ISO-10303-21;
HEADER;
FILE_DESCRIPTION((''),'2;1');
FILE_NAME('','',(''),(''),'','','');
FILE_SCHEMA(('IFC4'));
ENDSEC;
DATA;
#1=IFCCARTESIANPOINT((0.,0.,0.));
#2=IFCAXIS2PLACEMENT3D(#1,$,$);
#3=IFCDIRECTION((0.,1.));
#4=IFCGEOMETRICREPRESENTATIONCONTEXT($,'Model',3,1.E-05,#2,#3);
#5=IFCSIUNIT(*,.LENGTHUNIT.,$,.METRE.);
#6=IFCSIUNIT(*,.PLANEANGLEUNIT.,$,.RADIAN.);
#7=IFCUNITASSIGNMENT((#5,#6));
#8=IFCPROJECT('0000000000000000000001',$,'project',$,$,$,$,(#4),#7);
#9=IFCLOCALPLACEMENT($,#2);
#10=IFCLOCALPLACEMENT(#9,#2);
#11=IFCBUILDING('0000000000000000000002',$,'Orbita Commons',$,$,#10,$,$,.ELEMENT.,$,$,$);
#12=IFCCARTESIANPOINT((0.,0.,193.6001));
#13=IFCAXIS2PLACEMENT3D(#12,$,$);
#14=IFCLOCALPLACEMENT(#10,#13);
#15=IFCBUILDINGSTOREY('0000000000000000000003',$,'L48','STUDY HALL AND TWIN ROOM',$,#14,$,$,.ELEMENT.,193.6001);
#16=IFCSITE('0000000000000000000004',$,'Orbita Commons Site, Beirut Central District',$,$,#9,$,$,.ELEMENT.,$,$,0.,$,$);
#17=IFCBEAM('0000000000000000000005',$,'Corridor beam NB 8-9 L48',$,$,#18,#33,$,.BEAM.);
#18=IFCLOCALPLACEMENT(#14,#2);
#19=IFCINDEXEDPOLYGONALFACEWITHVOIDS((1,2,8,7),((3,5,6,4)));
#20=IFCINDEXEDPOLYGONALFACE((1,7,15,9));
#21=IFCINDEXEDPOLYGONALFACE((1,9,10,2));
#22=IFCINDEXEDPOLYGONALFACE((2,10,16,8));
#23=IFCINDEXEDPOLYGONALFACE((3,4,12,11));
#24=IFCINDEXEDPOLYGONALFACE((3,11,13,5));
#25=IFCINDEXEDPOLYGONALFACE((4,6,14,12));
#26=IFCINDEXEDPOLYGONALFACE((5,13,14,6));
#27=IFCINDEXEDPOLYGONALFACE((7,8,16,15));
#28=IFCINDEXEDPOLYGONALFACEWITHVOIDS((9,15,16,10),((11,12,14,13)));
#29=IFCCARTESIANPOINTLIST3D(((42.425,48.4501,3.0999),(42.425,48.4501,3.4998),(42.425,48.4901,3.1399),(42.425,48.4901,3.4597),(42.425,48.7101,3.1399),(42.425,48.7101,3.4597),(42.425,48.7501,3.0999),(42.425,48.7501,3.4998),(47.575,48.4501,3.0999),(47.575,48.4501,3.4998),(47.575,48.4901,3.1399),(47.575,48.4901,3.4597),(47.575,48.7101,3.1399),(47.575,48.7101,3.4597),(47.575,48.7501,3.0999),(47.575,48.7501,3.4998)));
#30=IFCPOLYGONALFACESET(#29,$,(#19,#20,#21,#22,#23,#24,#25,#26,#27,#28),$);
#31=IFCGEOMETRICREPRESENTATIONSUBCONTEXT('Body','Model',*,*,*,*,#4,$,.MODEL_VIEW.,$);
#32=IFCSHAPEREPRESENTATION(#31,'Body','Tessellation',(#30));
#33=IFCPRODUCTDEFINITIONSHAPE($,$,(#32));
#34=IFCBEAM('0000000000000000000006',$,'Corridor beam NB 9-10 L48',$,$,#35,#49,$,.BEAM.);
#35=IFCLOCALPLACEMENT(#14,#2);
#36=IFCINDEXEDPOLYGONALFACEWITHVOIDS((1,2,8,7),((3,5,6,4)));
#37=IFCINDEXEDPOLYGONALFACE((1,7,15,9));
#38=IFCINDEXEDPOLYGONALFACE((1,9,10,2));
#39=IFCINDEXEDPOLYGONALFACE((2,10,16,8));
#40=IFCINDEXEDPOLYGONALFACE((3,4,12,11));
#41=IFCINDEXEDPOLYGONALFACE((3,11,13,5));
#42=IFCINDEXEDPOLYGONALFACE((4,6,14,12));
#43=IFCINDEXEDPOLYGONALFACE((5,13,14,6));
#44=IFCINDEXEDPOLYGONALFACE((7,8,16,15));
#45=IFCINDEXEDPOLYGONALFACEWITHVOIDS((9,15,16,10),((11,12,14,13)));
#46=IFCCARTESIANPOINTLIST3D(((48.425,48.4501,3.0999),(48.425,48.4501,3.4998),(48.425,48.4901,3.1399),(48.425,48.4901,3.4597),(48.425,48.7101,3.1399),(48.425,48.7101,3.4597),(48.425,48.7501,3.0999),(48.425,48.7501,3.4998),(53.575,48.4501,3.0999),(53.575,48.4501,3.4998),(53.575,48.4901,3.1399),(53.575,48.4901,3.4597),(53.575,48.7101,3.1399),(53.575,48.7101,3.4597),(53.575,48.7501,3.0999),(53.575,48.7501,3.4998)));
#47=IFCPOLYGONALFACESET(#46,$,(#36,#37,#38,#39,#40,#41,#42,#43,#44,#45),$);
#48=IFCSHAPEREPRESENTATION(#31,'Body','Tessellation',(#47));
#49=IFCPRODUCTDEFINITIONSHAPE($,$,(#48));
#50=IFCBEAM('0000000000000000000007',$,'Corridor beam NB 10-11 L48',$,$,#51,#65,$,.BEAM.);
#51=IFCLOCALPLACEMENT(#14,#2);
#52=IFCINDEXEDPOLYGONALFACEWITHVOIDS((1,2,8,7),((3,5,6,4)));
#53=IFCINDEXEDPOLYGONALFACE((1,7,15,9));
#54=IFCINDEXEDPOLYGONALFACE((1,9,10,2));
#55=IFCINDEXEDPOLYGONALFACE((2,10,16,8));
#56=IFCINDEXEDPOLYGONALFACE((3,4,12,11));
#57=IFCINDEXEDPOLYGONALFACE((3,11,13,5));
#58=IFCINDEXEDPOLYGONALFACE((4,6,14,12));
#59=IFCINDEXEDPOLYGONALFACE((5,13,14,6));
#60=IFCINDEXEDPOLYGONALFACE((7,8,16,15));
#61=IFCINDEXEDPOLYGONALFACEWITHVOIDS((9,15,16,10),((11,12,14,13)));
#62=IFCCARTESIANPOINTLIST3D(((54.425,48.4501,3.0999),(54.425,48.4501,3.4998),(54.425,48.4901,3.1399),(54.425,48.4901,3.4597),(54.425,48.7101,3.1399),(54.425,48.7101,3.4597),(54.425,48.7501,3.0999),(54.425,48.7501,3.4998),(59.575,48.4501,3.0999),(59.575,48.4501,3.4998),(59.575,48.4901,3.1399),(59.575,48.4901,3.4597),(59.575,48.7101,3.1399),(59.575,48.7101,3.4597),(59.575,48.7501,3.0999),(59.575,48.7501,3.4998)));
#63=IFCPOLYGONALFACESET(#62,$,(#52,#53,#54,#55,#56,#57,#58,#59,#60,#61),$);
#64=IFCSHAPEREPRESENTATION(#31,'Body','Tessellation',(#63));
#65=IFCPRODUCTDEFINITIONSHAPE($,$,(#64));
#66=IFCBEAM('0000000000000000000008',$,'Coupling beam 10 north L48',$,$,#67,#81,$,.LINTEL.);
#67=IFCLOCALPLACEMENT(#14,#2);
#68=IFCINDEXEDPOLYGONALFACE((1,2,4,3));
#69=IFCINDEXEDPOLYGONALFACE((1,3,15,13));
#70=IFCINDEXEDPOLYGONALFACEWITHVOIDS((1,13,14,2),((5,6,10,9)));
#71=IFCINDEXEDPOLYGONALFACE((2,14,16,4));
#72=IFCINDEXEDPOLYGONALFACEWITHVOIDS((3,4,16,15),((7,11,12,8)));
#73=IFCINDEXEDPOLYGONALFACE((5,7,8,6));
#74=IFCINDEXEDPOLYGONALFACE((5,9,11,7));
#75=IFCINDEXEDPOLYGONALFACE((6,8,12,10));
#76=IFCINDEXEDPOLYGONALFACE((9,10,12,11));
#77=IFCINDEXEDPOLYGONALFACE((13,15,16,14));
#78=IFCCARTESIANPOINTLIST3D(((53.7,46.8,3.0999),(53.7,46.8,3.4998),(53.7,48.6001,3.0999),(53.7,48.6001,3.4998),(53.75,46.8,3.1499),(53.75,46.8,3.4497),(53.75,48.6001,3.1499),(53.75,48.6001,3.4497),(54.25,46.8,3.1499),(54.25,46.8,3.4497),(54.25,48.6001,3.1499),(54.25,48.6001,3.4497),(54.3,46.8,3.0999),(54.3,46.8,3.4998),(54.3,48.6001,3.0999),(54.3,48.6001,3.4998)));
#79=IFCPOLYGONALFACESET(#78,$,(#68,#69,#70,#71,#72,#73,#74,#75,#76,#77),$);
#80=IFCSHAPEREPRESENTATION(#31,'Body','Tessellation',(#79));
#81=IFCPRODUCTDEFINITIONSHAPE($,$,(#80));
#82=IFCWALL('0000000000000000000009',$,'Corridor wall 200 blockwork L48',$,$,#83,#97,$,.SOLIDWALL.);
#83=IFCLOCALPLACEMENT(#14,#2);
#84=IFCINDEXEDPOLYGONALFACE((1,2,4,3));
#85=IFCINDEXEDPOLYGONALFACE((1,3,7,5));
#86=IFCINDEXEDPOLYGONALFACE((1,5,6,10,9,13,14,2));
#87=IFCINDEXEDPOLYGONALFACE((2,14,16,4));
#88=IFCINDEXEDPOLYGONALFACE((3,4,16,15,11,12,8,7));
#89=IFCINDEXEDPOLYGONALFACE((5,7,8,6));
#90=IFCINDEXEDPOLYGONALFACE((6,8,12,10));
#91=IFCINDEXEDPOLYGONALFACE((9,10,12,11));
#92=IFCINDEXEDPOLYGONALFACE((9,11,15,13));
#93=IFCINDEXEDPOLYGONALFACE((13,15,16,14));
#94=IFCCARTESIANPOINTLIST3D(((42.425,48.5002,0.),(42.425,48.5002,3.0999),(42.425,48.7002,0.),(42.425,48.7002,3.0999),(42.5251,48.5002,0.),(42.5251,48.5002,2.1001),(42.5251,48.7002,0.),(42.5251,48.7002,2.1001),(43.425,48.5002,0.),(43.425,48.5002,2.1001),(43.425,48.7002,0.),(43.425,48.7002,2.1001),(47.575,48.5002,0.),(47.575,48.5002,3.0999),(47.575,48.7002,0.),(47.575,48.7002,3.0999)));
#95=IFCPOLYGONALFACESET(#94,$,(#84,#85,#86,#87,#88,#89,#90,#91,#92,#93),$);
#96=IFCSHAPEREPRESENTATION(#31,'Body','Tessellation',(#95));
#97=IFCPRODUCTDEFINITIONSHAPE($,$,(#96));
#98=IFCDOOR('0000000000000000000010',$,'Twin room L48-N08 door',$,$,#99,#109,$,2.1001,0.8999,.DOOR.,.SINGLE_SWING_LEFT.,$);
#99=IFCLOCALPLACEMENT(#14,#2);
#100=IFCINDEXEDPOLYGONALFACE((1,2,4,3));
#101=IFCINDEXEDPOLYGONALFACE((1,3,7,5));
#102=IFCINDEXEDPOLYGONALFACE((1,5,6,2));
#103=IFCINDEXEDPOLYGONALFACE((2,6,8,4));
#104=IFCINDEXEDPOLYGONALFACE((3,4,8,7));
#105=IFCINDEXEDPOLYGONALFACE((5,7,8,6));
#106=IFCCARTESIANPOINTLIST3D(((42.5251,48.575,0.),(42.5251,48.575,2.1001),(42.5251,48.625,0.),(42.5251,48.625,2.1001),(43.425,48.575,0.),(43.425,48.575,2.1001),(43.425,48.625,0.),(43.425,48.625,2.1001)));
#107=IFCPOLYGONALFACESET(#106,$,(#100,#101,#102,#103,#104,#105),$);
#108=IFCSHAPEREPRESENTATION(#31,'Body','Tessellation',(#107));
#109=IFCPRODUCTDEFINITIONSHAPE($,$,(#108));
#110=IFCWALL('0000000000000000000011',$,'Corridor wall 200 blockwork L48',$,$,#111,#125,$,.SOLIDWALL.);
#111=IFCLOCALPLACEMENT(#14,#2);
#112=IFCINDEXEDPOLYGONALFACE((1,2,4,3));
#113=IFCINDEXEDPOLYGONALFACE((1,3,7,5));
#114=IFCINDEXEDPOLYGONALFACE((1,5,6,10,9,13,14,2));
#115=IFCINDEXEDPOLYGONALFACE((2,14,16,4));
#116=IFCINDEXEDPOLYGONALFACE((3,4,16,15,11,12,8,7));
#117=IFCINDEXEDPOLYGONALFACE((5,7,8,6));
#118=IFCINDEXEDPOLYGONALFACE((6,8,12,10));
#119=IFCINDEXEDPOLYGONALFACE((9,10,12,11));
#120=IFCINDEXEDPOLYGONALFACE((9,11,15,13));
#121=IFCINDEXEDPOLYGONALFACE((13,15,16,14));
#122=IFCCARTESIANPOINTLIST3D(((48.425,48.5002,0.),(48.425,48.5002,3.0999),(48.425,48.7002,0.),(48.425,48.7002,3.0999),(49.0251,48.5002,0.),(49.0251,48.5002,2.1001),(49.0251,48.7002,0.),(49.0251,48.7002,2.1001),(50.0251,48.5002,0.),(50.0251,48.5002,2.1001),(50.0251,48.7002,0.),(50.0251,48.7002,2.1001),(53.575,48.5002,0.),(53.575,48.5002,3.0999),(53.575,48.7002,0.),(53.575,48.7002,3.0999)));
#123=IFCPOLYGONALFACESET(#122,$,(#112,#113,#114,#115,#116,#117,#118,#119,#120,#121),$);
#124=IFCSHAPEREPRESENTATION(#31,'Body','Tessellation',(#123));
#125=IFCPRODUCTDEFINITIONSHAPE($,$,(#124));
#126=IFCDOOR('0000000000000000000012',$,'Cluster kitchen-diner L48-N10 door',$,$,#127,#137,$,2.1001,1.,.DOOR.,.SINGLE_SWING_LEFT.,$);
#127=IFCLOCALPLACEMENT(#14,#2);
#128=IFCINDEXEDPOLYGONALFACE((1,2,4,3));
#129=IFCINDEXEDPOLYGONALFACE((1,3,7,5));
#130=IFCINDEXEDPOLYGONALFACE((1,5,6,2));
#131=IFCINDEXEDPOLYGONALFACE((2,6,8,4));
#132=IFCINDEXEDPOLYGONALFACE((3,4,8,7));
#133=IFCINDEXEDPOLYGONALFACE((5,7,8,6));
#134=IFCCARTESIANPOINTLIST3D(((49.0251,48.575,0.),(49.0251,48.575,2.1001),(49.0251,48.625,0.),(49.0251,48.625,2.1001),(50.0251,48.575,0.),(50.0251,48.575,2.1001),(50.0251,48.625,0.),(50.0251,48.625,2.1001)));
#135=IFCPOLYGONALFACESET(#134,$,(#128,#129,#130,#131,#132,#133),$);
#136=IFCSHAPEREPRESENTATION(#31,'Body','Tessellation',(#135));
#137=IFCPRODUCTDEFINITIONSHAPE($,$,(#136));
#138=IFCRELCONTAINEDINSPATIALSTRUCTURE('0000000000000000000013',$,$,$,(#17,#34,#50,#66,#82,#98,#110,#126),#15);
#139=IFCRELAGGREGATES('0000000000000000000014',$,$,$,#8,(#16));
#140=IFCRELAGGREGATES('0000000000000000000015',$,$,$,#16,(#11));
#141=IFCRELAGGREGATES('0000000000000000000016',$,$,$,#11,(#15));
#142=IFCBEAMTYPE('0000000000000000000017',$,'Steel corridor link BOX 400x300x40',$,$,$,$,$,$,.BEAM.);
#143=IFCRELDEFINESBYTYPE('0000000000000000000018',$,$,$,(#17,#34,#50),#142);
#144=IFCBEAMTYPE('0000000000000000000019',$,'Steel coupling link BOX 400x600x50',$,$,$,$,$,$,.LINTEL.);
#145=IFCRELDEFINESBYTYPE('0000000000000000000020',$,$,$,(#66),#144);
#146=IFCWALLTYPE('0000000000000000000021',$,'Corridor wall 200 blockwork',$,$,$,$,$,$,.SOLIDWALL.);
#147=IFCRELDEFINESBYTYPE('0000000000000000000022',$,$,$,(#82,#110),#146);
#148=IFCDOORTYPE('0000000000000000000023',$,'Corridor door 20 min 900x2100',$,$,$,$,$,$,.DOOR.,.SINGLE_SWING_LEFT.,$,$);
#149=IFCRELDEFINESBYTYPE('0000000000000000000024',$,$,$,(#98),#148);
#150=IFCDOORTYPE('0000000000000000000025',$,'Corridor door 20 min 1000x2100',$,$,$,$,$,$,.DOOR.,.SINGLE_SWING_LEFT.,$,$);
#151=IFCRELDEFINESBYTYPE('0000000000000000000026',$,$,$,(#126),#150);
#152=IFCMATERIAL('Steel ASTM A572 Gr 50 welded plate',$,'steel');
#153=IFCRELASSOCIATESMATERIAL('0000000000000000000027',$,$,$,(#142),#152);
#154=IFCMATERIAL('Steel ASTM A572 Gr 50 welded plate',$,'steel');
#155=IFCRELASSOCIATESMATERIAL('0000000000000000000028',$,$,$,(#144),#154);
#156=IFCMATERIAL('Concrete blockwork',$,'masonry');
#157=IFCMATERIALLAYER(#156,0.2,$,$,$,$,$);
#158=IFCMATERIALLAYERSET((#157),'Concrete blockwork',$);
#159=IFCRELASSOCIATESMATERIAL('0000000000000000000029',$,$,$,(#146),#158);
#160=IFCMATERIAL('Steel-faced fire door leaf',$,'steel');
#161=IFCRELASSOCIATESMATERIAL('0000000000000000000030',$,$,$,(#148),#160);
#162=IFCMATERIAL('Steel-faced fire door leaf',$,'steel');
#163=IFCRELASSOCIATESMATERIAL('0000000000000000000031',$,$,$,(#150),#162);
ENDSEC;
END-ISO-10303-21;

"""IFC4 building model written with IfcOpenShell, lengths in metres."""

from ifc_helpers import new_model, si_unit, direction, frame, frame_2d, origin, origin_2d, place, context, subcontext, project, spatial, polyline, rectangle, hollow_rectangle, outline, extrude, material, layer, layer_set, material_profile, profile_set, type_object, element, fill, save


model = new_model("IFC4")

# Units and contexts
model_context = context("Model", 3, precision=1e-05, world=origin(), true_north=direction((0.0, 1.0)))
body_context = subcontext(model_context, "Body", "Model", "MODEL_VIEW")
ifc_project = project(units=[si_unit("LENGTHUNIT", "METRE"), si_unit("PLANEANGLEUNIT", "RADIAN")], contexts=[model_context])

# Site, building, storey
site_placement = place(None, origin())
site = spatial("IfcSite", under=ifc_project, at=site_placement, Name="Orbita Commons Site, Beirut Central District", CompositionType="ELEMENT", RefElevation=0.0)
building_placement = place(site_placement, origin())
building = spatial("IfcBuilding", under=site, at=building_placement, Name="Orbita Commons", CompositionType="ELEMENT")
storey_placement = place(building_placement, frame((0.0, 0.0, 193.6001)))
storey = spatial("IfcBuildingStorey", under=building, at=storey_placement, Name="L48", Description="STUDY HALL AND TWIN ROOM", CompositionType="ELEMENT", Elevation=193.6001)

# Beams
ifc_material_1 = material(Name="Steel ASTM A572 Gr 50 welded plate", Category="steel")
ifc_material_profile_1 = material_profile(ifc_material_1, hollow_rectangle(XDim=0.3, YDim=0.3999, WallThickness=0.04, at=origin_2d()), Name="BOX 400x300x40")
ifc_profile_set_1 = profile_set([ifc_material_profile_1], Name="Steel ASTM A572 Gr 50 welded plate")
beam_type_1 = type_object("IfcBeamType", Name="Steel corridor link BOX 400x300x40", PredefinedType="BEAM", material=ifc_profile_set_1)
for number, where, z_axis, x_axis, name in (
    (1, (42.425, 48.6001, 3.2998), (1.0, 0.0, 0.0), (0.0, 1.0, 0.0), "Corridor beam NB 8-9 L48"),
    (2, (48.425, 48.6001, 3.2998), (1.0, 0.0, 0.0), (0.0, 1.0, 0.0), "Corridor beam NB 9-10 L48"),
    (3, (54.425, 48.6001, 3.2998), (1.0, 0.0, 0.0), (0.0, 1.0, 0.0), "Corridor beam NB 10-11 L48"),
):
    element("IfcBeam", number, at=place(storey_placement, frame(where, z_axis=z_axis, x_axis=x_axis)), inside=storey, type_object=beam_type_1, Name=name, PredefinedType="BEAM", context=body_context, shape_type="SweptSolid", body=[
        extrude(hollow_rectangle(XDim=0.3, YDim=0.3999, WallThickness=0.04, at=origin_2d()), origin(), (0.0, 0.0, 1.0), 5.1499),
    ])
ifc_material_2 = material(Name="Steel ASTM A572 Gr 50 welded plate", Category="steel")
ifc_material_profile_2 = material_profile(ifc_material_2, hollow_rectangle(XDim=0.6001, YDim=0.3999, WallThickness=0.05, at=origin_2d()), Name="BOX 400x600x50")
ifc_profile_set_2 = profile_set([ifc_material_profile_2], Name="Steel ASTM A572 Gr 50 welded plate")
beam_type_2 = type_object("IfcBeamType", Name="Steel coupling link BOX 400x600x50", PredefinedType="LINTEL", material=ifc_profile_set_2)
beam_placement = place(storey_placement, frame((54.0, 46.8, 3.2998), z_axis=(0.0, 1.0, 0.0), x_axis=(-1.0, 0.0, 0.0)))
element("IfcBeam", 4, at=beam_placement, inside=storey, type_object=beam_type_2, Name="Coupling beam 10 north L48", PredefinedType="LINTEL", context=body_context, shape_type="SweptSolid", body=[
    extrude(hollow_rectangle(XDim=0.6001, YDim=0.3999, WallThickness=0.05, at=origin_2d()), origin(), (0.0, 0.0, 1.0), 1.8),
])

# Walls, openings, doors
ifc_material_3 = material(Name="Concrete blockwork", Category="masonry")
ifc_layer_1 = layer(ifc_material_3, 0.2)
ifc_layer_set_1 = layer_set([ifc_layer_1], Name="Concrete blockwork")
wall_type_1 = type_object("IfcWallType", Name="Corridor wall 200 blockwork", PredefinedType="SOLIDWALL", material=ifc_layer_set_1)
wall_1_placement = place(storey_placement, frame((42.425, 48.6001, 0.0), z_axis=(0.0, 0.0, 1.0), x_axis=(1.0, 0.0, 0.0)))
wall_1 = element("IfcWall", 5, at=wall_1_placement, inside=storey, type_object=wall_type_1, Name="Corridor wall 200 blockwork L48", PredefinedType="SOLIDWALL", context=body_context, shape_type="SweptSolid", body=[
    extrude(outline(polyline([(0.0, 0.0), (5.1499, 0.0), (5.1499, 3.0999), (0.0, 3.0999), (0.0, 0.0)])), frame((0.0, 0.1001, 0.0), z_axis=(0.0, -1.0, 0.0), x_axis=(1.0, 0.0, 0.0)), (0.0, 0.0, 1.0), 0.2),
])
opening_1_placement = place(wall_1_placement, frame((0.1001, 0.0, 0.0)))
opening_1 = element("IfcOpeningElement", 6, at=opening_1_placement, cuts=wall_1, PredefinedType="OPENING", context=body_context, shape_type="SweptSolid", body=[
    extrude(rectangle(XDim=0.8999, YDim=2.1001, at=frame_2d((0.45, 1.05))), frame((0.0, 0.1099, 0.0), z_axis=(0.0, -1.0, 0.0), x_axis=(1.0, 0.0, 0.0)), (0.0, 0.0, 1.0), 0.22),
])
ifc_material_4 = material(Name="Steel-faced fire door leaf", Category="steel")
door_type_1 = type_object("IfcDoorType", Name="Corridor door 20 min 900x2100", OperationType="SINGLE_SWING_LEFT", PredefinedType="DOOR", material=ifc_material_4)
door_1_placement = place(opening_1_placement, origin())
door_1 = element("IfcDoor", 7, at=door_1_placement, inside=storey, type_object=door_type_1, Name="Twin room L48-N08 door", OperationType="SINGLE_SWING_LEFT", OverallHeight=2.1001, OverallWidth=0.8999, PredefinedType="DOOR", context=body_context, shape_type="SweptSolid", body=[
    extrude(rectangle(XDim=0.8999, YDim=2.1001, at=frame_2d((0.45, 1.05))), frame((0.0, 0.0249, 0.0), z_axis=(0.0, -1.0, 0.0), x_axis=(1.0, 0.0, 0.0)), (0.0, 0.0, 1.0), 0.05),
])
fill(opening_1, door_1)
wall_2_placement = place(storey_placement, frame((48.425, 48.6001, 0.0), z_axis=(0.0, 0.0, 1.0), x_axis=(1.0, 0.0, 0.0)))
wall_2 = element("IfcWall", 8, at=wall_2_placement, inside=storey, type_object=wall_type_1, Name="Corridor wall 200 blockwork L48", PredefinedType="SOLIDWALL", context=body_context, shape_type="SweptSolid", body=[
    extrude(outline(polyline([(0.0, 0.0), (5.1499, 0.0), (5.1499, 3.0999), (0.0, 3.0999), (0.0, 0.0)])), frame((0.0, 0.1001, 0.0), z_axis=(0.0, -1.0, 0.0), x_axis=(1.0, 0.0, 0.0)), (0.0, 0.0, 1.0), 0.2),
])
opening_2_placement = place(wall_2_placement, frame((0.6001, 0.0, 0.0)))
opening_2 = element("IfcOpeningElement", 9, at=opening_2_placement, cuts=wall_2, PredefinedType="OPENING", context=body_context, shape_type="SweptSolid", body=[
    extrude(rectangle(XDim=1.0, YDim=2.1001, at=frame_2d((0.5, 1.05))), frame((0.0, 0.1099, 0.0), z_axis=(0.0, -1.0, 0.0), x_axis=(1.0, 0.0, 0.0)), (0.0, 0.0, 1.0), 0.22),
])
ifc_material_5 = material(Name="Steel-faced fire door leaf", Category="steel")
door_type_2 = type_object("IfcDoorType", Name="Corridor door 20 min 1000x2100", OperationType="SINGLE_SWING_LEFT", PredefinedType="DOOR", material=ifc_material_5)
door_2_placement = place(opening_2_placement, origin())
door_2 = element("IfcDoor", 10, at=door_2_placement, inside=storey, type_object=door_type_2, Name="Cluster kitchen-diner L48-N10 door", OperationType="SINGLE_SWING_LEFT", OverallHeight=2.1001, OverallWidth=1.0, PredefinedType="DOOR", context=body_context, shape_type="SweptSolid", body=[
    extrude(rectangle(XDim=1.0, YDim=2.1001, at=frame_2d((0.5, 1.05))), frame((0.0, 0.0249, 0.0), z_axis=(0.0, -1.0, 0.0), x_axis=(1.0, 0.0, 0.0)), (0.0, 0.0, 1.0), 0.05),
])
fill(opening_2, door_2)

save(model, "model.ifc")
